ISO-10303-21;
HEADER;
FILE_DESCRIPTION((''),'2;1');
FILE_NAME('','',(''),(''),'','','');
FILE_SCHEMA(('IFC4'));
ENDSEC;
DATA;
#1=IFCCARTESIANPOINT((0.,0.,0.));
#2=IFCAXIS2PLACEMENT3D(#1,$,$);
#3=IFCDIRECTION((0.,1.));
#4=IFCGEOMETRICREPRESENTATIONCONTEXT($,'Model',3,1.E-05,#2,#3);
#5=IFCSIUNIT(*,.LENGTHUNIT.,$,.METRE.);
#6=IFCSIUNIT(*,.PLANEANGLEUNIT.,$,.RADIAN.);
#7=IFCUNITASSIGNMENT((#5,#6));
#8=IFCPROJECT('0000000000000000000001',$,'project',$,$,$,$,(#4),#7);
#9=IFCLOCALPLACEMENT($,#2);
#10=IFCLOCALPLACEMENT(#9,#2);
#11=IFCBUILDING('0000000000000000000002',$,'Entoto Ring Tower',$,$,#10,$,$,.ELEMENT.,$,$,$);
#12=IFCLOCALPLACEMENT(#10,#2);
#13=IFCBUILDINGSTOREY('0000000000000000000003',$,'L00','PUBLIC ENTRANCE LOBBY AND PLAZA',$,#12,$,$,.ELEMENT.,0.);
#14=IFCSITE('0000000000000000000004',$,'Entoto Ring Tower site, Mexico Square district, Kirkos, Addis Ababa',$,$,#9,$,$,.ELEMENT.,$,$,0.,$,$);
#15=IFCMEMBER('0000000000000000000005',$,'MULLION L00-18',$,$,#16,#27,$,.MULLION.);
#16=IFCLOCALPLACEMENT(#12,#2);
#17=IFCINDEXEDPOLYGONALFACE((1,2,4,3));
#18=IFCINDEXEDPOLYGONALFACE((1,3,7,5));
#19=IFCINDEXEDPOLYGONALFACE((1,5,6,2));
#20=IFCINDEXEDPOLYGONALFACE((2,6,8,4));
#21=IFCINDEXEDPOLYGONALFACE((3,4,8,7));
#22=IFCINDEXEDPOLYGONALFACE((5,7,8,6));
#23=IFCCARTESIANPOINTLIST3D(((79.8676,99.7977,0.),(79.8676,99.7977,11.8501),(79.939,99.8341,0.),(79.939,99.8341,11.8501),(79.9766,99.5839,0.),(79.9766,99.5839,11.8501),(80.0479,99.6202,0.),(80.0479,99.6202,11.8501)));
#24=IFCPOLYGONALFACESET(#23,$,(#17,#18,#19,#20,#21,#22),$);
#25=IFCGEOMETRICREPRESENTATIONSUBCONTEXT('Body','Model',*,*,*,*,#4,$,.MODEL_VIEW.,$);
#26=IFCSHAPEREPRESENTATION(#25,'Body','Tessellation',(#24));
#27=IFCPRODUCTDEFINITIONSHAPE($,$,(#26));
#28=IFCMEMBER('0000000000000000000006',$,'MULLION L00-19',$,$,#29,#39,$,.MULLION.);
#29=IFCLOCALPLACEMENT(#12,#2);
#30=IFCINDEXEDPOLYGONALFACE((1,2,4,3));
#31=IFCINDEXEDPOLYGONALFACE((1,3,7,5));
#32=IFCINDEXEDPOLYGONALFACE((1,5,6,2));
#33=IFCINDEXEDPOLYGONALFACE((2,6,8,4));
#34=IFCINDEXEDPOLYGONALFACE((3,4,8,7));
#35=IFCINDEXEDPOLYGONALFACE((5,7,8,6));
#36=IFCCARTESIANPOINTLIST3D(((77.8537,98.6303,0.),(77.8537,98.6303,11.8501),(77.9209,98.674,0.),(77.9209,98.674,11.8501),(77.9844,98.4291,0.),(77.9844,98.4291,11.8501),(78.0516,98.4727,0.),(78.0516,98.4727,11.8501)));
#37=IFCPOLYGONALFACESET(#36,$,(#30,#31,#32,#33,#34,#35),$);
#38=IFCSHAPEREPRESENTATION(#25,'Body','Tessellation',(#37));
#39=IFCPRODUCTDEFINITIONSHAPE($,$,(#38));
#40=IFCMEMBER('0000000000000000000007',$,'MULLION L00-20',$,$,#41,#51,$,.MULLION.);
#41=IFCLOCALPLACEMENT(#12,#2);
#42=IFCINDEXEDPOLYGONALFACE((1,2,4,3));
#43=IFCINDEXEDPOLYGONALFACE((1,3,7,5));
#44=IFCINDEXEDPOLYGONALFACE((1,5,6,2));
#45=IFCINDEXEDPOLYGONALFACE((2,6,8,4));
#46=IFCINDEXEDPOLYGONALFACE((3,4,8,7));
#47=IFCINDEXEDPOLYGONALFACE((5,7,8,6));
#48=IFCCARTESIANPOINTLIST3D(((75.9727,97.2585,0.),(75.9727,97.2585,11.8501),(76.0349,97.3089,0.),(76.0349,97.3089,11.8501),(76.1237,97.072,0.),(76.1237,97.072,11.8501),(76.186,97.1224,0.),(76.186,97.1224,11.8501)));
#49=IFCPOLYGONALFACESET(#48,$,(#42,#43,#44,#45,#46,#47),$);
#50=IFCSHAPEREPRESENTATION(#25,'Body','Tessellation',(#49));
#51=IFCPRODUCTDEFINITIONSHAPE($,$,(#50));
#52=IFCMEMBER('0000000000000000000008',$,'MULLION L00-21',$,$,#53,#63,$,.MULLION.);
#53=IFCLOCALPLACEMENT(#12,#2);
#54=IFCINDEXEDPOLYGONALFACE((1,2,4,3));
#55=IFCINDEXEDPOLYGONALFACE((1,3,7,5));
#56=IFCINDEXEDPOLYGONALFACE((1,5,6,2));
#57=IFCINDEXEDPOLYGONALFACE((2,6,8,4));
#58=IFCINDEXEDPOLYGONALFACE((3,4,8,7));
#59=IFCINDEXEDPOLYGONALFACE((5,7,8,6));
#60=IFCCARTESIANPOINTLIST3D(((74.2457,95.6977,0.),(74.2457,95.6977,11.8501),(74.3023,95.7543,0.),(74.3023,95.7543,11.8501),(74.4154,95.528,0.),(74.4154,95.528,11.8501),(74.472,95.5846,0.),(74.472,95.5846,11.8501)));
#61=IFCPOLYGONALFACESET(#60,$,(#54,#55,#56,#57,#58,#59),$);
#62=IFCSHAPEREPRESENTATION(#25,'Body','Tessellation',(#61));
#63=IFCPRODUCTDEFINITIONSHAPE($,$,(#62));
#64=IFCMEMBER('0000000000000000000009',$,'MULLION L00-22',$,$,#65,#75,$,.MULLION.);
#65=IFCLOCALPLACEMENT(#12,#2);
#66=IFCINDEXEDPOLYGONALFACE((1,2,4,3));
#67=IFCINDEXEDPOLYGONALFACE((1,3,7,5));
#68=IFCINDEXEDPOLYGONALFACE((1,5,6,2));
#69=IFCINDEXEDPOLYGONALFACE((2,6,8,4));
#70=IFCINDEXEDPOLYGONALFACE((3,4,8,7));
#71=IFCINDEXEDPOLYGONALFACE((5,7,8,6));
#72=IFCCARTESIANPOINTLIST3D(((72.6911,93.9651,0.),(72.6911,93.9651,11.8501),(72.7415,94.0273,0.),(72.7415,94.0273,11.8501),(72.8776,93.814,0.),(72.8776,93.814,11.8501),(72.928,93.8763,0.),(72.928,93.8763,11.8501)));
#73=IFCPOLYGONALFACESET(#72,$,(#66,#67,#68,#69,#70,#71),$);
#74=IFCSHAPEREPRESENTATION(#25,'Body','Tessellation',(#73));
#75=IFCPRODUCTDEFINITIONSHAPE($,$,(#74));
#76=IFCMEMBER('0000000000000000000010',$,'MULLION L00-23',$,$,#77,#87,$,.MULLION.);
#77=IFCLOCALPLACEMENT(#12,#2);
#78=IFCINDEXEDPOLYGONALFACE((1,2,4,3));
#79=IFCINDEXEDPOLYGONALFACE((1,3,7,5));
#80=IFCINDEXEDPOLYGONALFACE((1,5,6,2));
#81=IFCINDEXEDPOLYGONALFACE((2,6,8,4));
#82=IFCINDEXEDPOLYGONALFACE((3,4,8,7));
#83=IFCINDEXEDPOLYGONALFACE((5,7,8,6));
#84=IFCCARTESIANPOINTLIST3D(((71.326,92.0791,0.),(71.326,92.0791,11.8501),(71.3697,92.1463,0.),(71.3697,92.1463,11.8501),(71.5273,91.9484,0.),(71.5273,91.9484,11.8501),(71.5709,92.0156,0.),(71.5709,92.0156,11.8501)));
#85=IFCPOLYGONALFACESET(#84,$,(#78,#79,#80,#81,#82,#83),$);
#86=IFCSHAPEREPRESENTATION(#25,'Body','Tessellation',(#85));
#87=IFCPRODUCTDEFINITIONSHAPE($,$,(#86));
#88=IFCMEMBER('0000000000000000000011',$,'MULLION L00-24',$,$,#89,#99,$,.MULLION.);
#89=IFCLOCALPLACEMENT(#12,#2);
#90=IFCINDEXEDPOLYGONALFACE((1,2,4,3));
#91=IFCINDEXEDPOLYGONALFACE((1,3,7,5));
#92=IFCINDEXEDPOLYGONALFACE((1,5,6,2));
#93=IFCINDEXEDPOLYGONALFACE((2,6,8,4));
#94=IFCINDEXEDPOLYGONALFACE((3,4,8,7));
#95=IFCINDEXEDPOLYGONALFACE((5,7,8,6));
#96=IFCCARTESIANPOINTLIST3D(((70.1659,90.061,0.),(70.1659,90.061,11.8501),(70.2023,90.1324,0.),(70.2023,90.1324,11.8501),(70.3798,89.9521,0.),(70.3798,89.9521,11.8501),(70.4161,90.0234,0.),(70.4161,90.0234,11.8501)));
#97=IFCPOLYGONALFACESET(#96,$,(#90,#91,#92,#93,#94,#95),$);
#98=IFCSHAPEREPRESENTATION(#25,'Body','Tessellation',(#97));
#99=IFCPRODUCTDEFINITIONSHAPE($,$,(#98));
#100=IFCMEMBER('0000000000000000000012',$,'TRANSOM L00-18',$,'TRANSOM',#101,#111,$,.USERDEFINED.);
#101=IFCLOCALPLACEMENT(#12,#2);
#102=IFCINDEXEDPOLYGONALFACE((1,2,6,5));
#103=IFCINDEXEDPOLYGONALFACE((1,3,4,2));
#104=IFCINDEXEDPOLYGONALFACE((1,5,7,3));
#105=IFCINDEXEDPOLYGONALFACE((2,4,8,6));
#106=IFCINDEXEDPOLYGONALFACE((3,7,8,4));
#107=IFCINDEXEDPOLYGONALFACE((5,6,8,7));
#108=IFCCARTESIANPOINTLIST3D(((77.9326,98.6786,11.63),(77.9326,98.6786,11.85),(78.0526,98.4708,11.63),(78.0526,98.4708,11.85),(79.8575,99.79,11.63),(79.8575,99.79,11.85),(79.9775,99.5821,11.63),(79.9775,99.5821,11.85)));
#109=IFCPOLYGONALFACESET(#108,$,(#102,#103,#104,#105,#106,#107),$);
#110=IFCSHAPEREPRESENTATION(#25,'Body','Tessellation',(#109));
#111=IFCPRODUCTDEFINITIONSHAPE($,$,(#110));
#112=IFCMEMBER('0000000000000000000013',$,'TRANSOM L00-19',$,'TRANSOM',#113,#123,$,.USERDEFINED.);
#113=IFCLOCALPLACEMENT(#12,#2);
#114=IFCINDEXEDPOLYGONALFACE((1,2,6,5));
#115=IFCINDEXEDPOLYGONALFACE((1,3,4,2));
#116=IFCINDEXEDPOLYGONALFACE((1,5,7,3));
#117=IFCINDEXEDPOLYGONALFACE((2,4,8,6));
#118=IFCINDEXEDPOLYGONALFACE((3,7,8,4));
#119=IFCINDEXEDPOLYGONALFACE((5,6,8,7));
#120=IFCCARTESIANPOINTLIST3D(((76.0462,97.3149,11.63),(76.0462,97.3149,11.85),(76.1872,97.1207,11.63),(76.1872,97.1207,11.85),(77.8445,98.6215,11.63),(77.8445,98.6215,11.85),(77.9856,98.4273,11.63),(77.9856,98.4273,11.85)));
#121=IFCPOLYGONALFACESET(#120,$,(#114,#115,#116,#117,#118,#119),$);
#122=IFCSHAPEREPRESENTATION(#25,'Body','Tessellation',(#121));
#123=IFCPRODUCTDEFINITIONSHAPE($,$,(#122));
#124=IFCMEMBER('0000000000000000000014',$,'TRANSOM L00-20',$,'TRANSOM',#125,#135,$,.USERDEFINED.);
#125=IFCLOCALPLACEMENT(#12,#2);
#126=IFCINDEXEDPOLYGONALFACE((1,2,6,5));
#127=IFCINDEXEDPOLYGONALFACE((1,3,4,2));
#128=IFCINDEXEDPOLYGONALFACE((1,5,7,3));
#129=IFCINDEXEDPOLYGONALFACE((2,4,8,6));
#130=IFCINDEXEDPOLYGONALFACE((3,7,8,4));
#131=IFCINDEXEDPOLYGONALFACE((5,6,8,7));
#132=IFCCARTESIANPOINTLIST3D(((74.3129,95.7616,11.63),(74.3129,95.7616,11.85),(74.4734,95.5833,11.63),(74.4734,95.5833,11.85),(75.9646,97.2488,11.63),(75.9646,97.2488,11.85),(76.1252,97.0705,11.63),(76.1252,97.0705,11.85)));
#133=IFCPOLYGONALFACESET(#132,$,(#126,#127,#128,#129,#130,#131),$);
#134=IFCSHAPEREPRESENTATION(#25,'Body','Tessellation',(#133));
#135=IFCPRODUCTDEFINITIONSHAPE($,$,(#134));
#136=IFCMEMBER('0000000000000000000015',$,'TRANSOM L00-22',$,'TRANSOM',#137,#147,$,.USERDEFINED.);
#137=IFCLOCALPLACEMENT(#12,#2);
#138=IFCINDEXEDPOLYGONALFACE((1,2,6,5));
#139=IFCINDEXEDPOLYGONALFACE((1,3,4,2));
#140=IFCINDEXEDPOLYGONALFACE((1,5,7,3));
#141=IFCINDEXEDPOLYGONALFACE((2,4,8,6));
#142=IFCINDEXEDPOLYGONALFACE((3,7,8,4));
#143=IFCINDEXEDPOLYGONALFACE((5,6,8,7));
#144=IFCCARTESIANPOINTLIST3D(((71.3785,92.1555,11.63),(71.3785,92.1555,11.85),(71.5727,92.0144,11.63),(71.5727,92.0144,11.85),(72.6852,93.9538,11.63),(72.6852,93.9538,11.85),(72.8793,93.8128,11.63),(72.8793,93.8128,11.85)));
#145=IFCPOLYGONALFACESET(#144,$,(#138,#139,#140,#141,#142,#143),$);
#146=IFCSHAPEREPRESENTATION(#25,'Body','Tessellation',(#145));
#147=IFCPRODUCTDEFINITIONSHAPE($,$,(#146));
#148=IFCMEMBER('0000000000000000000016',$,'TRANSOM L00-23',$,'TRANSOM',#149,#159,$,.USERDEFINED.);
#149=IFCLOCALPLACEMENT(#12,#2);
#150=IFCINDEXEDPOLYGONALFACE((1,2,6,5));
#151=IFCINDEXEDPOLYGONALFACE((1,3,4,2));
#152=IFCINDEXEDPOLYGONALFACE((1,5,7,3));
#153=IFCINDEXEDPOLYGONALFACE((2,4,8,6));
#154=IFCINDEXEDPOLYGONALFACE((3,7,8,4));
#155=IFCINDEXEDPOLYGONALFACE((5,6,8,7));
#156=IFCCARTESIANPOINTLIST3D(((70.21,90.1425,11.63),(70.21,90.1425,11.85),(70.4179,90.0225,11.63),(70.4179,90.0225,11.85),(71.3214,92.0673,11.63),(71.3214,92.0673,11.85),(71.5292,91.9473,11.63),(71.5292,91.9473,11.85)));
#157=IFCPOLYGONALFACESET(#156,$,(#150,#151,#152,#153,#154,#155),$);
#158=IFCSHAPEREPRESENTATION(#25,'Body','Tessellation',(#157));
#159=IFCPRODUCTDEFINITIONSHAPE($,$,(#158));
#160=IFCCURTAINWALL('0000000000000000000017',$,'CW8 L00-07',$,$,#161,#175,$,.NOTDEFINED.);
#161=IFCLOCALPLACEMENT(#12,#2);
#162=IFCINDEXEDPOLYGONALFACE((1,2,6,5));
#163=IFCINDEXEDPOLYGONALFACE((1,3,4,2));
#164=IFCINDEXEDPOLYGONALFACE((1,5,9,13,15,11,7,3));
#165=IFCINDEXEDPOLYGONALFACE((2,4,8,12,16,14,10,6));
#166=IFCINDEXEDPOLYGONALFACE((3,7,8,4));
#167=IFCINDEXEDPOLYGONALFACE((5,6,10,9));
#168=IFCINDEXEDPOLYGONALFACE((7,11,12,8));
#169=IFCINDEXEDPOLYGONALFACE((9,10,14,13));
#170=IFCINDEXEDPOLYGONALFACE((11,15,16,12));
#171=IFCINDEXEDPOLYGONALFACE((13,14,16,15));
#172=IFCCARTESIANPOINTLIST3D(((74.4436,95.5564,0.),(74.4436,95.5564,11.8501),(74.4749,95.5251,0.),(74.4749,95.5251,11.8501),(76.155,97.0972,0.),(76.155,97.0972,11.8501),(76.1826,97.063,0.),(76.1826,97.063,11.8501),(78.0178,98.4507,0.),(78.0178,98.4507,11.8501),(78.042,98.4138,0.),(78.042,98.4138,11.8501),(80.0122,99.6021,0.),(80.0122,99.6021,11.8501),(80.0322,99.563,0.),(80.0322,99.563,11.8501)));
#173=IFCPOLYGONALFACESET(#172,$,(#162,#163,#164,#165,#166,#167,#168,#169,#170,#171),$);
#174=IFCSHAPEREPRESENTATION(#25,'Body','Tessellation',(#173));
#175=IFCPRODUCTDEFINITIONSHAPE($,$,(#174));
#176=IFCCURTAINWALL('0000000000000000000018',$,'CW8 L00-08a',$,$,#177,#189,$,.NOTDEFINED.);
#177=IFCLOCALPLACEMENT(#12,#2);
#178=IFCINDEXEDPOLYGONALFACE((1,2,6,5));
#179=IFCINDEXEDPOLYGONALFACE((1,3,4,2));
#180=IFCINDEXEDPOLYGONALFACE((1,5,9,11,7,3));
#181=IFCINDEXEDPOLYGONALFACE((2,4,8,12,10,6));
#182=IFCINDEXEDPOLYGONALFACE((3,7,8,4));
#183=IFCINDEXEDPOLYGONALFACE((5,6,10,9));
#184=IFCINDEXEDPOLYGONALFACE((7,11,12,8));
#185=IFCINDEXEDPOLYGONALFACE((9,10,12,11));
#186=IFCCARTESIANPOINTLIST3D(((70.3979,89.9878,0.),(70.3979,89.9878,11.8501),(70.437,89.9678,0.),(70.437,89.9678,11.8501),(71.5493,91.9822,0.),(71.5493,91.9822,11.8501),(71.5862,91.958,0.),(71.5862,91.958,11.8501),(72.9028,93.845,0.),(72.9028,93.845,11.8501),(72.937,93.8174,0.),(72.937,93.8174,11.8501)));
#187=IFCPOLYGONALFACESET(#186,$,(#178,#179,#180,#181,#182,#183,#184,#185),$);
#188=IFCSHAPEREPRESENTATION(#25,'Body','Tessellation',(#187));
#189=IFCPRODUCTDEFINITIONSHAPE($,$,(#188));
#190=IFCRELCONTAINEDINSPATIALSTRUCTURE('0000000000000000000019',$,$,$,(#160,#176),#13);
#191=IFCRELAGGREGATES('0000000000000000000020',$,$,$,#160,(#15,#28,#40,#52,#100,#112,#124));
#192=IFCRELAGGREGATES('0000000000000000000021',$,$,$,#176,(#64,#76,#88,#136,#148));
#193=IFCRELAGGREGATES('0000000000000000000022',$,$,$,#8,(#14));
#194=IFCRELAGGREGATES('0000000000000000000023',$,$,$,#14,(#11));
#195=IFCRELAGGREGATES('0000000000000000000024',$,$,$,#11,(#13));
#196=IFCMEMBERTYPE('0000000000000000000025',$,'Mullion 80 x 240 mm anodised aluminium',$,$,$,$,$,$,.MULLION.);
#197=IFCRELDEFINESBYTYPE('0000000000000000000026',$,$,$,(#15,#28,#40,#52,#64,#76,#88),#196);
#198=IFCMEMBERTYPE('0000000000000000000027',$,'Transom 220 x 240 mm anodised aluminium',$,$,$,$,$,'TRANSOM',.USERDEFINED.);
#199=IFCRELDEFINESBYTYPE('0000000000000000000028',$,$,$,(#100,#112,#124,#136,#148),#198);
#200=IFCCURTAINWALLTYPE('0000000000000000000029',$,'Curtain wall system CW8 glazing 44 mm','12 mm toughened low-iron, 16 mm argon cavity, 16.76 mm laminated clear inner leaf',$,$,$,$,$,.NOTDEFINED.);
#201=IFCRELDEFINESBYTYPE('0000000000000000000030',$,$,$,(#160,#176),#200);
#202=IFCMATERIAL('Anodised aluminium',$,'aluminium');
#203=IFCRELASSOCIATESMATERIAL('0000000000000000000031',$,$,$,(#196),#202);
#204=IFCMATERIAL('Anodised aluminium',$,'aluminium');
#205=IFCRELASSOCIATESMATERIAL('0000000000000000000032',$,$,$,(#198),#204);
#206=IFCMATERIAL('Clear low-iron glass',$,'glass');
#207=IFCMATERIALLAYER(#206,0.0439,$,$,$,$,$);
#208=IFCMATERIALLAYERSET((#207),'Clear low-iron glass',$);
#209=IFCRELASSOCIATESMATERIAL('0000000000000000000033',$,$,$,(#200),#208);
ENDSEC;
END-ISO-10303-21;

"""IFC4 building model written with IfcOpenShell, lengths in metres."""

from ifc_helpers import new_model, si_unit, direction, frame, origin, origin_2d, place, context, subcontext, project, spatial, polyline, rectangle, outline, extrude, material, layer, layer_set, material_profile, profile_set, type_object, element, aggregate, save


model = new_model("IFC4")

# Units and contexts
model_context = context("Model", 3, precision=1e-05, world=origin(), true_north=direction((0.0, 1.0)))
body_context = subcontext(model_context, "Body", "Model", "MODEL_VIEW")
ifc_project = project(units=[si_unit("LENGTHUNIT", "METRE"), si_unit("PLANEANGLEUNIT", "RADIAN")], contexts=[model_context])

# Members
ifc_material_1 = material(Name="Anodised aluminium", Category="aluminium")
ifc_material_profile_1 = material_profile(ifc_material_1, rectangle(XDim=0.0801, YDim=0.24, at=origin_2d()), Name="Mullion 80 x 240 mm anodised aluminium")
ifc_profile_set_1 = profile_set([ifc_material_profile_1], Name="Anodised aluminium")
member_type_1 = type_object("IfcMemberType", Name="Mullion 80 x 240 mm anodised aluminium", PredefinedType="MULLION", material=ifc_profile_set_1)
site_placement = place(None, origin())
building_placement = place(site_placement, origin())
storey_placement = place(building_placement, origin())
member_1_placement = place(storey_placement, frame((79.9578, 99.709, 0.0), z_axis=(0.0, 0.0, 1.0), x_axis=(-0.891007, -0.45399, 0.0)))
member_1 = element("IfcMember", 1, at=member_1_placement, type_object=member_type_1, Name="MULLION L00-18", PredefinedType="MULLION", context=body_context, shape_type="SweptSolid", body=[
    extrude(rectangle(XDim=0.0801, YDim=0.24, at=origin_2d()), origin(), (0.0, 0.0, 1.0), 11.8501),
])
member_2_placement = place(storey_placement, frame((77.9526, 98.5515, 0.0), z_axis=(0.0, 0.0, 1.0), x_axis=(-0.838671, -0.544639, 0.0)))
member_2 = element("IfcMember", 2, at=member_2_placement, type_object=member_type_1, Name="MULLION L00-19", PredefinedType="MULLION", context=body_context, shape_type="SweptSolid", body=[
    extrude(rectangle(XDim=0.0801, YDim=0.24, at=origin_2d()), origin(), (0.0, 0.0, 1.0), 11.8501),
])
member_3_placement = place(storey_placement, frame((76.0793, 97.1904, 0.0), z_axis=(0.0, 0.0, 1.0), x_axis=(-0.777146, -0.62932, 0.0)))
member_3 = element("IfcMember", 3, at=member_3_placement, type_object=member_type_1, Name="MULLION L00-20", PredefinedType="MULLION", context=body_context, shape_type="SweptSolid", body=[
    extrude(rectangle(XDim=0.0801, YDim=0.24, at=origin_2d()), origin(), (0.0, 0.0, 1.0), 11.8501),
])
member_4_placement = place(storey_placement, frame((74.3589, 95.6411, 0.0), z_axis=(0.0, 0.0, 1.0), x_axis=(-0.707107, -0.707107, 0.0)))
member_4 = element("IfcMember", 4, at=member_4_placement, type_object=member_type_1, Name="MULLION L00-21", PredefinedType="MULLION", context=body_context, shape_type="SweptSolid", body=[
    extrude(rectangle(XDim=0.0801, YDim=0.24, at=origin_2d()), origin(), (0.0, 0.0, 1.0), 11.8501),
])
member_5_placement = place(storey_placement, frame((72.8096, 93.9207, 0.0), z_axis=(0.0, 0.0, 1.0), x_axis=(-0.62932, -0.777146, 0.0)))
member_5 = element("IfcMember", 5, at=member_5_placement, type_object=member_type_1, Name="MULLION L00-22", PredefinedType="MULLION", context=body_context, shape_type="SweptSolid", body=[
    extrude(rectangle(XDim=0.0801, YDim=0.24, at=origin_2d()), origin(), (0.0, 0.0, 1.0), 11.8501),
])
member_6_placement = place(storey_placement, frame((71.4485, 92.0474, 0.0), z_axis=(0.0, 0.0, 1.0), x_axis=(-0.544639, -0.838671, 0.0)))
member_6 = element("IfcMember", 6, at=member_6_placement, type_object=member_type_1, Name="MULLION L00-23", PredefinedType="MULLION", context=body_context, shape_type="SweptSolid", body=[
    extrude(rectangle(XDim=0.0801, YDim=0.24, at=origin_2d()), origin(), (0.0, 0.0, 1.0), 11.8501),
])
member_7_placement = place(storey_placement, frame((70.291, 90.0422, 0.0), z_axis=(0.0, 0.0, 1.0), x_axis=(-0.45399, -0.891007, 0.0)))
member_7 = element("IfcMember", 7, at=member_7_placement, type_object=member_type_1, Name="MULLION L00-24", PredefinedType="MULLION", context=body_context, shape_type="SweptSolid", body=[
    extrude(rectangle(XDim=0.0801, YDim=0.24, at=origin_2d()), origin(), (0.0, 0.0, 1.0), 11.8501),
])
ifc_material_2 = material(Name="Anodised aluminium", Category="aluminium")
ifc_material_profile_2 = material_profile(ifc_material_2, rectangle(XDim=0.24, YDim=0.22, at=origin_2d()), Name="Transom 220 x 240 mm anodised aluminium")
ifc_profile_set_2 = profile_set([ifc_material_profile_2], Name="Anodised aluminium")
member_type_2 = type_object("IfcMemberType", Name="Transom 220 x 240 mm anodised aluminium", ElementType="TRANSOM", PredefinedType="USERDEFINED", material=ifc_profile_set_2)
member_8_placement = place(storey_placement, frame((79.9175, 99.686, 11.74), z_axis=(-0.866017, -0.500014, 0.0), x_axis=(0.500014, -0.866017, 0.0)))
member_8 = element("IfcMember", 8, at=member_8_placement, type_object=member_type_2, Name="TRANSOM L00-18", ObjectType="TRANSOM", PredefinedType="USERDEFINED", context=body_context, shape_type="SweptSolid", body=[
    extrude(rectangle(XDim=0.24, YDim=0.22, at=origin_2d()), origin(), (0.0, 0.0, 1.0), 2.2227),
])
member_9_placement = place(storey_placement, frame((77.915, 98.5244, 11.74), z_axis=(-0.809002, -0.587806, 0.0), x_axis=(0.587806, -0.809002, 0.0)))
member_9 = element("IfcMember", 9, at=member_9_placement, type_object=member_type_2, Name="TRANSOM L00-19", ObjectType="TRANSOM", PredefinedType="USERDEFINED", context=body_context, shape_type="SweptSolid", body=[
    extrude(rectangle(XDim=0.24, YDim=0.22, at=origin_2d()), origin(), (0.0, 0.0, 1.0), 2.2229),
])
member_10_placement = place(storey_placement, frame((76.0449, 97.1597, 11.74), z_axis=(-0.743152, -0.669122, 0.0), x_axis=(0.669122, -0.743152, 0.0)))
member_10 = element("IfcMember", 10, at=member_10_placement, type_object=member_type_2, Name="TRANSOM L00-20", ObjectType="TRANSOM", PredefinedType="USERDEFINED", context=body_context, shape_type="SweptSolid", body=[
    extrude(rectangle(XDim=0.24, YDim=0.22, at=origin_2d()), origin(), (0.0, 0.0, 1.0), 2.2227),
])
member_11_placement = place(storey_placement, frame((72.7822, 93.8833, 11.74), z_axis=(-0.587806, -0.809002, 0.0), x_axis=(0.809002, -0.587806, 0.0)))
member_11 = element("IfcMember", 11, at=member_11_placement, type_object=member_type_2, Name="TRANSOM L00-22", ObjectType="TRANSOM", PredefinedType="USERDEFINED", context=body_context, shape_type="SweptSolid", body=[
    extrude(rectangle(XDim=0.24, YDim=0.22, at=origin_2d()), origin(), (0.0, 0.0, 1.0), 2.2229),
])
member_12_placement = place(storey_placement, frame((71.4253, 92.0073, 11.74), z_axis=(-0.500014, -0.866017, 0.0), x_axis=(0.866017, -0.500014, 0.0)))
member_12 = element("IfcMember", 12, at=member_12_placement, type_object=member_type_2, Name="TRANSOM L00-23", ObjectType="TRANSOM", PredefinedType="USERDEFINED", context=body_context, shape_type="SweptSolid", body=[
    extrude(rectangle(XDim=0.24, YDim=0.22, at=origin_2d()), origin(), (0.0, 0.0, 1.0), 2.2227),
])

# Site, building, storey
site = spatial("IfcSite", under=ifc_project, at=site_placement, Name="Entoto Ring Tower site, Mexico Square district, Kirkos, Addis Ababa", CompositionType="ELEMENT", RefElevation=0.0)
building = spatial("IfcBuilding", under=site, at=building_placement, Name="Entoto Ring Tower", CompositionType="ELEMENT")
storey = spatial("IfcBuildingStorey", under=building, at=storey_placement, Name="L00", Description="PUBLIC ENTRANCE LOBBY AND PLAZA", CompositionType="ELEMENT", Elevation=0.0)

# Curtain walls
ifc_material_3 = material(Name="Clear low-iron glass", Category="glass")
ifc_layer = layer(ifc_material_3, 0.0439)
ifc_layer_set = layer_set([ifc_layer], Name="Clear low-iron glass")
curtain_wall_type = type_object("IfcCurtainWallType", Name="Curtain wall system CW8 glazing 44 mm", Description="12 mm toughened low-iron, 16 mm argon cavity, 16.76 mm laminated clear inner leaf", PredefinedType="NOTDEFINED", material=ifc_layer_set)
curtain_wall_1_placement = place(storey_placement, origin())
curtain_wall_1 = element("IfcCurtainWall", 13, at=curtain_wall_1_placement, inside=storey, type_object=curtain_wall_type, Name="CW8 L00-07", PredefinedType="NOTDEFINED", context=body_context, shape_type="SweptSolid", body=[
    extrude(outline(polyline([(80.0122, 99.6021), (78.0178, 98.4507), (76.155, 97.0972), (74.4436, 95.5564), (74.4749, 95.5251), (76.1826, 97.063), (78.042, 98.4138), (80.0322, 99.563), (80.0122, 99.6021)])), origin(), (0.0, 0.0, 1.0), 11.8501),
])
aggregate(curtain_wall_1, [member_1, member_2, member_3, member_4, member_8, member_9, member_10])
curtain_wall_2_placement = place(storey_placement, origin())
curtain_wall_2 = element("IfcCurtainWall", 14, at=curtain_wall_2_placement, inside=storey, type_object=curtain_wall_type, Name="CW8 L00-08a", PredefinedType="NOTDEFINED", context=body_context, shape_type="SweptSolid", body=[
    extrude(outline(polyline([(72.9028, 93.845), (71.5493, 91.9822), (70.3979, 89.9878), (70.437, 89.9678), (71.5862, 91.958), (72.937, 93.8174), (72.9028, 93.845)])), origin(), (0.0, 0.0, 1.0), 11.8501),
])
aggregate(curtain_wall_2, [member_5, member_6, member_7, member_11, member_12])

save(model, "model.ifc")
